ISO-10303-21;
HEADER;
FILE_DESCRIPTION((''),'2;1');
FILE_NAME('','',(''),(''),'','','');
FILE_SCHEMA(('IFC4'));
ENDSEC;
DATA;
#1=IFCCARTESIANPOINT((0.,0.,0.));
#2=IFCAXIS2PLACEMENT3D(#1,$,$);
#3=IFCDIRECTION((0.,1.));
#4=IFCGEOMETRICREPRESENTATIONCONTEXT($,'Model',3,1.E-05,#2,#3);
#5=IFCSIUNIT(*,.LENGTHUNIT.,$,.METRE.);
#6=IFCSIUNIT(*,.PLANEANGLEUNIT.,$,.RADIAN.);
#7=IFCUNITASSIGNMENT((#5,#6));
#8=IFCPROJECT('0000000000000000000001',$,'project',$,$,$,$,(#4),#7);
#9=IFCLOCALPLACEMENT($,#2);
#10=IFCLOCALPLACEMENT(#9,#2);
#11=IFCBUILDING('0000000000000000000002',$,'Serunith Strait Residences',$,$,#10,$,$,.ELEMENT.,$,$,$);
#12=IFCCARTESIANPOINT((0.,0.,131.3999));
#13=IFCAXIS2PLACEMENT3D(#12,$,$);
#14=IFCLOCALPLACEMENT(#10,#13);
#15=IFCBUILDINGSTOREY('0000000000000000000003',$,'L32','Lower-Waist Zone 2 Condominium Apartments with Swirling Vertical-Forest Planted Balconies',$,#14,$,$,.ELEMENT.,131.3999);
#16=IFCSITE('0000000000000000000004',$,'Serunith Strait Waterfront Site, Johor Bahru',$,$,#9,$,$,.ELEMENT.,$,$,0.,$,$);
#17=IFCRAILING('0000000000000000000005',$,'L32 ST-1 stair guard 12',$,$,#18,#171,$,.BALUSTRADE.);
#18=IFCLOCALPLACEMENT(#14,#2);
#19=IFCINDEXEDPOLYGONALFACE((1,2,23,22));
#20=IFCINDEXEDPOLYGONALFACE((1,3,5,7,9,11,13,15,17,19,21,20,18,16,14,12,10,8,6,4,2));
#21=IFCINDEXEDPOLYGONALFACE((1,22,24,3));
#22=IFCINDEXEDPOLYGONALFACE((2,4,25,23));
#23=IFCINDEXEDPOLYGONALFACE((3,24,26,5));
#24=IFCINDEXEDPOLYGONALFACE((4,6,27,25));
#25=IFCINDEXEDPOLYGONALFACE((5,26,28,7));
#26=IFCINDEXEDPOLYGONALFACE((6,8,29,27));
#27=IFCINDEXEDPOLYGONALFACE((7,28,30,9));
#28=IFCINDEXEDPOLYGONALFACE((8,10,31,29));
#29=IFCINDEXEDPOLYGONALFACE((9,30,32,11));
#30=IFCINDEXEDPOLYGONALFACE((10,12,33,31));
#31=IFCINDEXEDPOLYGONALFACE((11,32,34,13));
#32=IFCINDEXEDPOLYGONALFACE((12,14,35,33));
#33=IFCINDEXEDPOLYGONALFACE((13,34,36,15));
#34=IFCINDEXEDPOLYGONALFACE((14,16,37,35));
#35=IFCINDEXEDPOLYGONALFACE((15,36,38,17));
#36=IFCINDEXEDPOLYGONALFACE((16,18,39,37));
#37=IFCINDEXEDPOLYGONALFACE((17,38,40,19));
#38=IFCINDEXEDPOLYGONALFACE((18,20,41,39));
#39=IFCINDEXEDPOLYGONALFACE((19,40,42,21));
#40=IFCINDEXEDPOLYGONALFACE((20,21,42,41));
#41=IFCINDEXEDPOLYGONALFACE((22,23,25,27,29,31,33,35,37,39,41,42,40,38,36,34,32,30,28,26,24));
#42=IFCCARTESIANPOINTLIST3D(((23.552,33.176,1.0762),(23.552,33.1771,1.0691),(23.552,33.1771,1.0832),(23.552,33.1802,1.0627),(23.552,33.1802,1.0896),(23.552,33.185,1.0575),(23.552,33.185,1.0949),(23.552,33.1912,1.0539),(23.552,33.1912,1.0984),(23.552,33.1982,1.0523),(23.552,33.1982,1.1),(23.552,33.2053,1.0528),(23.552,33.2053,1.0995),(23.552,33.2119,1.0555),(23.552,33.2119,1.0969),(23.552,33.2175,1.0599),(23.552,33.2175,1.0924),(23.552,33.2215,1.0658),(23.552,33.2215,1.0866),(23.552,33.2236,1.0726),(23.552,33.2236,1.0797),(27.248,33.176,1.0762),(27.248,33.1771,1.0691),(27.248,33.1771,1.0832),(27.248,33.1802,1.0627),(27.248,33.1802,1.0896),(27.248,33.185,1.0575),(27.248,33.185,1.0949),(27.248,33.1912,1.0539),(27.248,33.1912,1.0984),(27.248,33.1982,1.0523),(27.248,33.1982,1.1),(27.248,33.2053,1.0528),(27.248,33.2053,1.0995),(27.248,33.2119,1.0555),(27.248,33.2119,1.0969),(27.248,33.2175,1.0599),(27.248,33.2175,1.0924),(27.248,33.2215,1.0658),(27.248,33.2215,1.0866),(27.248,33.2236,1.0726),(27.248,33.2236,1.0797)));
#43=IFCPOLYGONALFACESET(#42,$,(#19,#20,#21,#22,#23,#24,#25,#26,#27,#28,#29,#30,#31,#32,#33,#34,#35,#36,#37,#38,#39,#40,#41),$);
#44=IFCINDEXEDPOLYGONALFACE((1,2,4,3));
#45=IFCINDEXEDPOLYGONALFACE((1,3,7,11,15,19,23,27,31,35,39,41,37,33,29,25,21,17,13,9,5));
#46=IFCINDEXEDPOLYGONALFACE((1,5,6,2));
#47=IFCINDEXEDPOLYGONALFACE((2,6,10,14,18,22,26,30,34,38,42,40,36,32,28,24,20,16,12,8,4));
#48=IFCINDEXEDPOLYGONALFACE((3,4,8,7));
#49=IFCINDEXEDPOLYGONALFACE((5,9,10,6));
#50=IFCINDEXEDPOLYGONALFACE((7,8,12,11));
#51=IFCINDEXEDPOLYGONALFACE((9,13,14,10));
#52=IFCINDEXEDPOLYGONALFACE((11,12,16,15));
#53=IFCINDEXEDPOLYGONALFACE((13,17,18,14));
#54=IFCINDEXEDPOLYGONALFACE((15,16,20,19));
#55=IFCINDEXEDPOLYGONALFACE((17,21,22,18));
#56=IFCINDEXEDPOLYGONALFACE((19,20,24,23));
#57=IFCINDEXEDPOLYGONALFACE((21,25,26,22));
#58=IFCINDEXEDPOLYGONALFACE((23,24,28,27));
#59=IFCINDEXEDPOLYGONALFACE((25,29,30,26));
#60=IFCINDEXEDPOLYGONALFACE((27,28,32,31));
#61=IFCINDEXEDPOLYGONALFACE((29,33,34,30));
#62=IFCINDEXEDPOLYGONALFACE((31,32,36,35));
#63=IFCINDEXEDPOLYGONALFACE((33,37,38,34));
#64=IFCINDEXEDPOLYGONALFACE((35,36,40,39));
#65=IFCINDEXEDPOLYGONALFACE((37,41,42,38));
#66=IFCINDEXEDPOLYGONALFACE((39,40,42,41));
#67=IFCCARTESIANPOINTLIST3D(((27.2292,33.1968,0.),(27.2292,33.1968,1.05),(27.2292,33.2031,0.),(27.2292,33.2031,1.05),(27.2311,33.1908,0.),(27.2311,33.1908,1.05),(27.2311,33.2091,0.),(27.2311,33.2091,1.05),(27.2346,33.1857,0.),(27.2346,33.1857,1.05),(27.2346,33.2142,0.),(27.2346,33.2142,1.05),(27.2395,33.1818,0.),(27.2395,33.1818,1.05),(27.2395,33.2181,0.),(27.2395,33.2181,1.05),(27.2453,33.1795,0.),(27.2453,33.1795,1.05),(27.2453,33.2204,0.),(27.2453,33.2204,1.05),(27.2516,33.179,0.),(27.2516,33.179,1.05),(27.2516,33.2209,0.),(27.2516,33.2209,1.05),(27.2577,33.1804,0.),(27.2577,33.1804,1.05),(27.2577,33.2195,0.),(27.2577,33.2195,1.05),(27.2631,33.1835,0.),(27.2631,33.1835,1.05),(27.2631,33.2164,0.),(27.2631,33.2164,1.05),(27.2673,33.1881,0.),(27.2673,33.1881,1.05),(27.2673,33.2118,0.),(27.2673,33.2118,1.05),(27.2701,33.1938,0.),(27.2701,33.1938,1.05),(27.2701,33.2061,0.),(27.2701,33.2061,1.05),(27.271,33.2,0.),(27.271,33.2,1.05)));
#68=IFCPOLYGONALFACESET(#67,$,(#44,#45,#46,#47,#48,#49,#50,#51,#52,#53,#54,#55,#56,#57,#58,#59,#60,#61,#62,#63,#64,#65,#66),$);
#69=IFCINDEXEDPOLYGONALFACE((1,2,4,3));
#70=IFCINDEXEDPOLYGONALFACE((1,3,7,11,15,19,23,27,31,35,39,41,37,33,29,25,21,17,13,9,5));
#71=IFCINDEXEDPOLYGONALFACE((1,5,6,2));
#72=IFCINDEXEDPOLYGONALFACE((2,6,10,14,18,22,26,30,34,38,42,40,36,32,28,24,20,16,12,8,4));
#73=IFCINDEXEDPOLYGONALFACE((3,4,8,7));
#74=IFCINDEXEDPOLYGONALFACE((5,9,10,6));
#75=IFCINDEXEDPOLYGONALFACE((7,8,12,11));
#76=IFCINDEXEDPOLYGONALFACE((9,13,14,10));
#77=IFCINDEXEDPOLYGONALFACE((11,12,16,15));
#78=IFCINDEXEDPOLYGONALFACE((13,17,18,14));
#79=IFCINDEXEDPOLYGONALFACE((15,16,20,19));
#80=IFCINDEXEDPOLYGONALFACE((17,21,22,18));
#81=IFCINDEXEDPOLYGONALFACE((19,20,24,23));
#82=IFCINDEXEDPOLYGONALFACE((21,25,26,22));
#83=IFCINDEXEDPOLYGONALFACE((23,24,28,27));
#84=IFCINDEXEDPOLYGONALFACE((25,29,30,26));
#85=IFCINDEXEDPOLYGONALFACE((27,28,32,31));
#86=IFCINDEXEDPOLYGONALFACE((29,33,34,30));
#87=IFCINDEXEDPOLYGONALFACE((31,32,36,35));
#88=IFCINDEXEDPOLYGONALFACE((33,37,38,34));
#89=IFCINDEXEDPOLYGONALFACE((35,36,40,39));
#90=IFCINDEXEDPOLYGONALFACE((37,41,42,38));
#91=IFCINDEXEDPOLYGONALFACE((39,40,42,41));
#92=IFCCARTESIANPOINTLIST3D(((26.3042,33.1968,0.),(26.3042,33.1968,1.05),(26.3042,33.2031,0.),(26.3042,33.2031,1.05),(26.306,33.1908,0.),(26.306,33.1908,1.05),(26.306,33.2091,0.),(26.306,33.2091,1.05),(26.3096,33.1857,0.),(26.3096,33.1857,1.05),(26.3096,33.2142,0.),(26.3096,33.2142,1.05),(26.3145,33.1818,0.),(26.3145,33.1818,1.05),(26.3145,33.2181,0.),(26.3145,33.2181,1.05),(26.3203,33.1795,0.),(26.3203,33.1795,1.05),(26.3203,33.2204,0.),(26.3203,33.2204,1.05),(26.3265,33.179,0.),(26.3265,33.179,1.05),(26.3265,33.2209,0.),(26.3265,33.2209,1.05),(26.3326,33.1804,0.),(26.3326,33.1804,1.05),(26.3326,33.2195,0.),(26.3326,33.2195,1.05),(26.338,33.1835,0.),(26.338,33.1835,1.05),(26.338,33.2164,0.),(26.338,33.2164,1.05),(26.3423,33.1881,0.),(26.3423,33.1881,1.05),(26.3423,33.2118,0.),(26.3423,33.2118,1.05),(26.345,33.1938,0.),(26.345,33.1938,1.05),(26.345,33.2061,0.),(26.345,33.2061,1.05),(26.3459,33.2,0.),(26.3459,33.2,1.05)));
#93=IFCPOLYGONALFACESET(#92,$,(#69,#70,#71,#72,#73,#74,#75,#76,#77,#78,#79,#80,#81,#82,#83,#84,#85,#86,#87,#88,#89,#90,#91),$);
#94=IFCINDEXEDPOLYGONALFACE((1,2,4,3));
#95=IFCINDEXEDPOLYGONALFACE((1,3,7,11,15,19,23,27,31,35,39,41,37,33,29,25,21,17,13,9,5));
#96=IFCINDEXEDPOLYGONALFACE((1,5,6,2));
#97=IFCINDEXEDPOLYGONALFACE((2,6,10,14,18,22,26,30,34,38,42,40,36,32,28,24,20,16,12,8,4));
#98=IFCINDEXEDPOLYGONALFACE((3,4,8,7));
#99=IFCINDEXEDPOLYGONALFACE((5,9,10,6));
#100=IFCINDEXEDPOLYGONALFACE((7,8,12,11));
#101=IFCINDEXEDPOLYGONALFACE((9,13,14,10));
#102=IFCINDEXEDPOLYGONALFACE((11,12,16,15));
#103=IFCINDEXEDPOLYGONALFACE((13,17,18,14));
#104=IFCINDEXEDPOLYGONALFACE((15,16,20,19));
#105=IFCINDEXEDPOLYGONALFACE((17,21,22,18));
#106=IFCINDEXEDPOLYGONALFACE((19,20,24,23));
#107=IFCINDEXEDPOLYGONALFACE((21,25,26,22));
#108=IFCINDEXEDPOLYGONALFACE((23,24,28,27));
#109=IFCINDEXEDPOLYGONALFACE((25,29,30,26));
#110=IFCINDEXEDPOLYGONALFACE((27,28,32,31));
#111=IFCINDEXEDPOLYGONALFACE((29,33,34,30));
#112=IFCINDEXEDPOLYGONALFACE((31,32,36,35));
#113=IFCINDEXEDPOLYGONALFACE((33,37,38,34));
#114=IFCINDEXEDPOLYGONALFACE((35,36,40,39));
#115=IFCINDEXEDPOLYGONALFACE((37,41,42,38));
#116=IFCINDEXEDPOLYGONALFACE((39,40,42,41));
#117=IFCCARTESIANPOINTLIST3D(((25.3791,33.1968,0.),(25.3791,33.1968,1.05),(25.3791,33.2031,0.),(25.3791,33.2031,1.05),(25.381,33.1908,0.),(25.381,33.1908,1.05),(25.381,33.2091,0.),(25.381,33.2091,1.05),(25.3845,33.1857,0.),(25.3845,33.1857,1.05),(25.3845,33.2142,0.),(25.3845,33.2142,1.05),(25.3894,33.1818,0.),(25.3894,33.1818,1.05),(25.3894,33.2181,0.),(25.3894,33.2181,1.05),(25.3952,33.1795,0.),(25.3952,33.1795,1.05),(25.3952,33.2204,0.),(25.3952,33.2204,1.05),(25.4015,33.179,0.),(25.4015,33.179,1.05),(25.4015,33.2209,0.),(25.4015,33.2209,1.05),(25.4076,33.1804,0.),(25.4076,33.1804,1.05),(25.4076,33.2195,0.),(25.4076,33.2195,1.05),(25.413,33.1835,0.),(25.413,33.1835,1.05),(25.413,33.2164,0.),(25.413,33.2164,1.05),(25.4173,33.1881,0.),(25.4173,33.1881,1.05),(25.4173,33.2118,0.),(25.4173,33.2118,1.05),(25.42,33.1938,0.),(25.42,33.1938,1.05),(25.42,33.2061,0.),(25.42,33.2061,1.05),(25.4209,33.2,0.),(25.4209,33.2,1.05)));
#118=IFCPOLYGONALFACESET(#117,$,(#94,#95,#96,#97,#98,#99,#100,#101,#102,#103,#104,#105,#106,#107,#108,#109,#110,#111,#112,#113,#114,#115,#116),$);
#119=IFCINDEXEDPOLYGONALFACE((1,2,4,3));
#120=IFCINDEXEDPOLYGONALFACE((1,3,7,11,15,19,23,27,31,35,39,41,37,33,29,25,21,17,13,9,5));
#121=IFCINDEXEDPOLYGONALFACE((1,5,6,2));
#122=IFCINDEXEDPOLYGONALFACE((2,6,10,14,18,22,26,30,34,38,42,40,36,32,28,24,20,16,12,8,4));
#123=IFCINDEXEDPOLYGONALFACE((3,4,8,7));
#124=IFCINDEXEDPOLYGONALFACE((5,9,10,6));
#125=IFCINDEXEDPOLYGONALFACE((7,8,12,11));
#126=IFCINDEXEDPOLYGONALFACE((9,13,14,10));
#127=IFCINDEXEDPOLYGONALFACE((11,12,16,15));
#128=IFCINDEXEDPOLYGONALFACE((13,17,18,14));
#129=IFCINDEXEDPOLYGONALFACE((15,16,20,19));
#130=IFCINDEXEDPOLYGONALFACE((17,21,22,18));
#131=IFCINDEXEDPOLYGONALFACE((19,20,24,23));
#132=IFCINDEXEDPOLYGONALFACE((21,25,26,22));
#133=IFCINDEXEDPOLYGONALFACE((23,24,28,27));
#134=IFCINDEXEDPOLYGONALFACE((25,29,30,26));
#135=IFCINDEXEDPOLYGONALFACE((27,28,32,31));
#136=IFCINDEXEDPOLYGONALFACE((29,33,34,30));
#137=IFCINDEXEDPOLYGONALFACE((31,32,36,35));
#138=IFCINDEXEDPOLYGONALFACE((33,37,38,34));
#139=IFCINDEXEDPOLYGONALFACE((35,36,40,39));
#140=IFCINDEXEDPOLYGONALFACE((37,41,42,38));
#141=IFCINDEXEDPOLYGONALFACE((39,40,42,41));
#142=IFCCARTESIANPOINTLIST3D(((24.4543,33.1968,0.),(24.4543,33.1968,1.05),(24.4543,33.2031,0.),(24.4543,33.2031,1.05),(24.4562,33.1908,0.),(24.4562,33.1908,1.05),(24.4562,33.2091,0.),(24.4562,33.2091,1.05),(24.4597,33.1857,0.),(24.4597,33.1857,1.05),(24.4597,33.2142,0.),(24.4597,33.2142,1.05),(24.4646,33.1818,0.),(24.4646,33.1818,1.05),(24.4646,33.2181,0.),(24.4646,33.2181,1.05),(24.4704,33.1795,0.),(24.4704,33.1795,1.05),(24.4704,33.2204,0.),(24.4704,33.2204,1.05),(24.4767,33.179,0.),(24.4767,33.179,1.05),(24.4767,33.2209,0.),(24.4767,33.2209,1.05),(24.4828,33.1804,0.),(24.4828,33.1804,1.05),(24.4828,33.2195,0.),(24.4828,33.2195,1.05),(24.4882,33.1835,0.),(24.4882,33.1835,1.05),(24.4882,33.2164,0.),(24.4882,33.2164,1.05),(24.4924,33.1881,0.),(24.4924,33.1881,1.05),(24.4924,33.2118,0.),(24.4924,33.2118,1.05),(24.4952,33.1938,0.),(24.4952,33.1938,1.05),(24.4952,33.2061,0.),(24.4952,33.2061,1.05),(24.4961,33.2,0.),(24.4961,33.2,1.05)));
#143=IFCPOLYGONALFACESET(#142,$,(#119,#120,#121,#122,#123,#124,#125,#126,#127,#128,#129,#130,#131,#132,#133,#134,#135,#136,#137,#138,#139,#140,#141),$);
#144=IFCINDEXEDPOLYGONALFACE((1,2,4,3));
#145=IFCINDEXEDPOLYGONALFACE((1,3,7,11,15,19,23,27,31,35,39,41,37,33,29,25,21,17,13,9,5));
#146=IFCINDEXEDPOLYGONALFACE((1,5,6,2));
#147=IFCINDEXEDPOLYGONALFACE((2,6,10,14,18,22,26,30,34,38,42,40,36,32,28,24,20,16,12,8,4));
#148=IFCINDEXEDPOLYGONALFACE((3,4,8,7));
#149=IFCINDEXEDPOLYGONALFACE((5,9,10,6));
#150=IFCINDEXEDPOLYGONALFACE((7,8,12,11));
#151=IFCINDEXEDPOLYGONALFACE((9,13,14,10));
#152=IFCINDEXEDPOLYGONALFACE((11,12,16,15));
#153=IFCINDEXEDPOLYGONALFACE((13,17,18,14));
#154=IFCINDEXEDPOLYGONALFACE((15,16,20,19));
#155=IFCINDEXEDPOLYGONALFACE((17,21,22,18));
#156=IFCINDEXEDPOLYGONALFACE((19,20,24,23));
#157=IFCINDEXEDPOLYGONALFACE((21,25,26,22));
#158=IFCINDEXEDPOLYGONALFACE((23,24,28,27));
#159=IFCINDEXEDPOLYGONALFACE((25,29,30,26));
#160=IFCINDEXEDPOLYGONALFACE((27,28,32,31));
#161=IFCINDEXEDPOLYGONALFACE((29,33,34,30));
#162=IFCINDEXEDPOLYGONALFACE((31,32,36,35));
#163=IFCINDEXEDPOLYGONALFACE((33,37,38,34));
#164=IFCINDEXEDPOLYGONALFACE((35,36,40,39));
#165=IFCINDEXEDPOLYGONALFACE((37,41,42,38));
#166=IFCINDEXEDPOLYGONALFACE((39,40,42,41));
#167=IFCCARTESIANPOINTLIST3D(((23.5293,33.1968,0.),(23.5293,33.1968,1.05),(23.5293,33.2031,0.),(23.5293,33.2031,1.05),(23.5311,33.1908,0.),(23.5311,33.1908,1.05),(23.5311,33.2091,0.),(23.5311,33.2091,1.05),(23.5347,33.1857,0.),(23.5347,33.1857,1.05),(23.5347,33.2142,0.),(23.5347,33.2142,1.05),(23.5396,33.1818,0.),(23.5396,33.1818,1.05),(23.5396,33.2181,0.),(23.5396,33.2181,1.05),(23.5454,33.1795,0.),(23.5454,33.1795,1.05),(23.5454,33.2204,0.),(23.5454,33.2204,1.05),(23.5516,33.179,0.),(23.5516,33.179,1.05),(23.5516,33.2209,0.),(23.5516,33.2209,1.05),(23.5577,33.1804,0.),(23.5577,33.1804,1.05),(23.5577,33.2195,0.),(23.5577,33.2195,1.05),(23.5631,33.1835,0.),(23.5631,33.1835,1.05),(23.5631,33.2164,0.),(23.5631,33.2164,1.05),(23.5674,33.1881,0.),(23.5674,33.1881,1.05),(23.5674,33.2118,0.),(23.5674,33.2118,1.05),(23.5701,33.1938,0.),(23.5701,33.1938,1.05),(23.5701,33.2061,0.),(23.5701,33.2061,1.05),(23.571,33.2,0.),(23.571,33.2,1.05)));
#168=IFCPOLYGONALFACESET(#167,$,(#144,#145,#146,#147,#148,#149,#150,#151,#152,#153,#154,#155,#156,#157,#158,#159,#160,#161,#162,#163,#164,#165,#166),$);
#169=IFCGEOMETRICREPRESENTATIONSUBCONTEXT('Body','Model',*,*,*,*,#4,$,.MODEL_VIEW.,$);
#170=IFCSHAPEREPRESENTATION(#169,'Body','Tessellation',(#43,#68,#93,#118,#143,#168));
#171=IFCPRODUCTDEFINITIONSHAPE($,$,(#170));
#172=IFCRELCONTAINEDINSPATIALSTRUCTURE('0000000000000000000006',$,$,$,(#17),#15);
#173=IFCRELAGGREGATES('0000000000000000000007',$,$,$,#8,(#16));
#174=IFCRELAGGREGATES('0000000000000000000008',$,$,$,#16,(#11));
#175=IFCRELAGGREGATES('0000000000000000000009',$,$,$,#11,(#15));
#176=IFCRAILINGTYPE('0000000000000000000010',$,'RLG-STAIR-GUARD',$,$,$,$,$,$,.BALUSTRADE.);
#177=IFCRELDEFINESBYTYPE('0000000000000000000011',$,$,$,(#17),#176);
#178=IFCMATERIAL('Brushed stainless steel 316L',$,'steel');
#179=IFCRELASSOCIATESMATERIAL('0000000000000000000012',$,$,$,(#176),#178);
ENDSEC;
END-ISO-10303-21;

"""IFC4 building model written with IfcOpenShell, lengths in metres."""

from ifc_helpers import new_model, si_unit, direction, frame, origin, origin_2d, place, context, subcontext, project, spatial, circle, extrude, material, type_object, element, save


model = new_model("IFC4")

# Units and contexts
model_context = context("Model", 3, precision=1e-05, world=origin(), true_north=direction((0.0, 1.0)))
body_context = subcontext(model_context, "Body", "Model", "MODEL_VIEW")
ifc_project = project(units=[si_unit("LENGTHUNIT", "METRE"), si_unit("PLANEANGLEUNIT", "RADIAN")], contexts=[model_context])

# Site, building, storey
site_placement = place(None, origin())
site = spatial("IfcSite", under=ifc_project, at=site_placement, Name="Serunith Strait Waterfront Site, Johor Bahru", CompositionType="ELEMENT", RefElevation=0.0)
building_placement = place(site_placement, origin())
building = spatial("IfcBuilding", under=site, at=building_placement, Name="Serunith Strait Residences", CompositionType="ELEMENT")
storey_placement = place(building_placement, frame((0.0, 0.0, 131.3999)))
storey = spatial("IfcBuildingStorey", under=building, at=storey_placement, Name="L32", Description="Lower-Waist Zone 2 Condominium Apartments with Swirling Vertical-Forest Planted Balconies", CompositionType="ELEMENT", Elevation=131.3999)

# Railing
ifc_material_1 = material(Name="Brushed stainless steel 316L", Category="steel")
railing_type_1 = type_object("IfcRailingType", Name="RLG-STAIR-GUARD", PredefinedType="BALUSTRADE", material=ifc_material_1)
railing_1_placement = place(storey_placement, frame((27.25, 33.2, 0.0)))
element("IfcRailing", 1, at=railing_1_placement, inside=storey, type_object=railing_type_1, Name="L32 ST-1 stair guard 12", PredefinedType="BALUSTRADE", context=body_context, shape_type="SweptSolid", body=[
    extrude(circle(Radius=0.0239, at=origin_2d()), frame((-0.002, 0.0, 1.0762), z_axis=(-1.0, 0.0, 0.0), x_axis=(0.0, -1.0, 0.0)), (0.0, 0.0, 1.0), 3.696),
    extrude(circle(Radius=0.021, at=origin_2d()), origin(), (0.0, 0.0, 1.0), 1.05),
    extrude(circle(Radius=0.021, at=origin_2d()), frame((-0.925, 0.0, 0.0)), (0.0, 0.0, 1.0), 1.05),
    extrude(circle(Radius=0.021, at=origin_2d()), frame((-1.8501, 0.0, 0.0)), (0.0, 0.0, 1.0), 1.05),
    extrude(circle(Radius=0.021, at=origin_2d()), frame((-2.7749, 0.0, 0.0)), (0.0, 0.0, 1.0), 1.05),
    extrude(circle(Radius=0.021, at=origin_2d()), frame((-3.7, 0.0, 0.0)), (0.0, 0.0, 1.0), 1.05),
])

save(model, "model.ifc")
